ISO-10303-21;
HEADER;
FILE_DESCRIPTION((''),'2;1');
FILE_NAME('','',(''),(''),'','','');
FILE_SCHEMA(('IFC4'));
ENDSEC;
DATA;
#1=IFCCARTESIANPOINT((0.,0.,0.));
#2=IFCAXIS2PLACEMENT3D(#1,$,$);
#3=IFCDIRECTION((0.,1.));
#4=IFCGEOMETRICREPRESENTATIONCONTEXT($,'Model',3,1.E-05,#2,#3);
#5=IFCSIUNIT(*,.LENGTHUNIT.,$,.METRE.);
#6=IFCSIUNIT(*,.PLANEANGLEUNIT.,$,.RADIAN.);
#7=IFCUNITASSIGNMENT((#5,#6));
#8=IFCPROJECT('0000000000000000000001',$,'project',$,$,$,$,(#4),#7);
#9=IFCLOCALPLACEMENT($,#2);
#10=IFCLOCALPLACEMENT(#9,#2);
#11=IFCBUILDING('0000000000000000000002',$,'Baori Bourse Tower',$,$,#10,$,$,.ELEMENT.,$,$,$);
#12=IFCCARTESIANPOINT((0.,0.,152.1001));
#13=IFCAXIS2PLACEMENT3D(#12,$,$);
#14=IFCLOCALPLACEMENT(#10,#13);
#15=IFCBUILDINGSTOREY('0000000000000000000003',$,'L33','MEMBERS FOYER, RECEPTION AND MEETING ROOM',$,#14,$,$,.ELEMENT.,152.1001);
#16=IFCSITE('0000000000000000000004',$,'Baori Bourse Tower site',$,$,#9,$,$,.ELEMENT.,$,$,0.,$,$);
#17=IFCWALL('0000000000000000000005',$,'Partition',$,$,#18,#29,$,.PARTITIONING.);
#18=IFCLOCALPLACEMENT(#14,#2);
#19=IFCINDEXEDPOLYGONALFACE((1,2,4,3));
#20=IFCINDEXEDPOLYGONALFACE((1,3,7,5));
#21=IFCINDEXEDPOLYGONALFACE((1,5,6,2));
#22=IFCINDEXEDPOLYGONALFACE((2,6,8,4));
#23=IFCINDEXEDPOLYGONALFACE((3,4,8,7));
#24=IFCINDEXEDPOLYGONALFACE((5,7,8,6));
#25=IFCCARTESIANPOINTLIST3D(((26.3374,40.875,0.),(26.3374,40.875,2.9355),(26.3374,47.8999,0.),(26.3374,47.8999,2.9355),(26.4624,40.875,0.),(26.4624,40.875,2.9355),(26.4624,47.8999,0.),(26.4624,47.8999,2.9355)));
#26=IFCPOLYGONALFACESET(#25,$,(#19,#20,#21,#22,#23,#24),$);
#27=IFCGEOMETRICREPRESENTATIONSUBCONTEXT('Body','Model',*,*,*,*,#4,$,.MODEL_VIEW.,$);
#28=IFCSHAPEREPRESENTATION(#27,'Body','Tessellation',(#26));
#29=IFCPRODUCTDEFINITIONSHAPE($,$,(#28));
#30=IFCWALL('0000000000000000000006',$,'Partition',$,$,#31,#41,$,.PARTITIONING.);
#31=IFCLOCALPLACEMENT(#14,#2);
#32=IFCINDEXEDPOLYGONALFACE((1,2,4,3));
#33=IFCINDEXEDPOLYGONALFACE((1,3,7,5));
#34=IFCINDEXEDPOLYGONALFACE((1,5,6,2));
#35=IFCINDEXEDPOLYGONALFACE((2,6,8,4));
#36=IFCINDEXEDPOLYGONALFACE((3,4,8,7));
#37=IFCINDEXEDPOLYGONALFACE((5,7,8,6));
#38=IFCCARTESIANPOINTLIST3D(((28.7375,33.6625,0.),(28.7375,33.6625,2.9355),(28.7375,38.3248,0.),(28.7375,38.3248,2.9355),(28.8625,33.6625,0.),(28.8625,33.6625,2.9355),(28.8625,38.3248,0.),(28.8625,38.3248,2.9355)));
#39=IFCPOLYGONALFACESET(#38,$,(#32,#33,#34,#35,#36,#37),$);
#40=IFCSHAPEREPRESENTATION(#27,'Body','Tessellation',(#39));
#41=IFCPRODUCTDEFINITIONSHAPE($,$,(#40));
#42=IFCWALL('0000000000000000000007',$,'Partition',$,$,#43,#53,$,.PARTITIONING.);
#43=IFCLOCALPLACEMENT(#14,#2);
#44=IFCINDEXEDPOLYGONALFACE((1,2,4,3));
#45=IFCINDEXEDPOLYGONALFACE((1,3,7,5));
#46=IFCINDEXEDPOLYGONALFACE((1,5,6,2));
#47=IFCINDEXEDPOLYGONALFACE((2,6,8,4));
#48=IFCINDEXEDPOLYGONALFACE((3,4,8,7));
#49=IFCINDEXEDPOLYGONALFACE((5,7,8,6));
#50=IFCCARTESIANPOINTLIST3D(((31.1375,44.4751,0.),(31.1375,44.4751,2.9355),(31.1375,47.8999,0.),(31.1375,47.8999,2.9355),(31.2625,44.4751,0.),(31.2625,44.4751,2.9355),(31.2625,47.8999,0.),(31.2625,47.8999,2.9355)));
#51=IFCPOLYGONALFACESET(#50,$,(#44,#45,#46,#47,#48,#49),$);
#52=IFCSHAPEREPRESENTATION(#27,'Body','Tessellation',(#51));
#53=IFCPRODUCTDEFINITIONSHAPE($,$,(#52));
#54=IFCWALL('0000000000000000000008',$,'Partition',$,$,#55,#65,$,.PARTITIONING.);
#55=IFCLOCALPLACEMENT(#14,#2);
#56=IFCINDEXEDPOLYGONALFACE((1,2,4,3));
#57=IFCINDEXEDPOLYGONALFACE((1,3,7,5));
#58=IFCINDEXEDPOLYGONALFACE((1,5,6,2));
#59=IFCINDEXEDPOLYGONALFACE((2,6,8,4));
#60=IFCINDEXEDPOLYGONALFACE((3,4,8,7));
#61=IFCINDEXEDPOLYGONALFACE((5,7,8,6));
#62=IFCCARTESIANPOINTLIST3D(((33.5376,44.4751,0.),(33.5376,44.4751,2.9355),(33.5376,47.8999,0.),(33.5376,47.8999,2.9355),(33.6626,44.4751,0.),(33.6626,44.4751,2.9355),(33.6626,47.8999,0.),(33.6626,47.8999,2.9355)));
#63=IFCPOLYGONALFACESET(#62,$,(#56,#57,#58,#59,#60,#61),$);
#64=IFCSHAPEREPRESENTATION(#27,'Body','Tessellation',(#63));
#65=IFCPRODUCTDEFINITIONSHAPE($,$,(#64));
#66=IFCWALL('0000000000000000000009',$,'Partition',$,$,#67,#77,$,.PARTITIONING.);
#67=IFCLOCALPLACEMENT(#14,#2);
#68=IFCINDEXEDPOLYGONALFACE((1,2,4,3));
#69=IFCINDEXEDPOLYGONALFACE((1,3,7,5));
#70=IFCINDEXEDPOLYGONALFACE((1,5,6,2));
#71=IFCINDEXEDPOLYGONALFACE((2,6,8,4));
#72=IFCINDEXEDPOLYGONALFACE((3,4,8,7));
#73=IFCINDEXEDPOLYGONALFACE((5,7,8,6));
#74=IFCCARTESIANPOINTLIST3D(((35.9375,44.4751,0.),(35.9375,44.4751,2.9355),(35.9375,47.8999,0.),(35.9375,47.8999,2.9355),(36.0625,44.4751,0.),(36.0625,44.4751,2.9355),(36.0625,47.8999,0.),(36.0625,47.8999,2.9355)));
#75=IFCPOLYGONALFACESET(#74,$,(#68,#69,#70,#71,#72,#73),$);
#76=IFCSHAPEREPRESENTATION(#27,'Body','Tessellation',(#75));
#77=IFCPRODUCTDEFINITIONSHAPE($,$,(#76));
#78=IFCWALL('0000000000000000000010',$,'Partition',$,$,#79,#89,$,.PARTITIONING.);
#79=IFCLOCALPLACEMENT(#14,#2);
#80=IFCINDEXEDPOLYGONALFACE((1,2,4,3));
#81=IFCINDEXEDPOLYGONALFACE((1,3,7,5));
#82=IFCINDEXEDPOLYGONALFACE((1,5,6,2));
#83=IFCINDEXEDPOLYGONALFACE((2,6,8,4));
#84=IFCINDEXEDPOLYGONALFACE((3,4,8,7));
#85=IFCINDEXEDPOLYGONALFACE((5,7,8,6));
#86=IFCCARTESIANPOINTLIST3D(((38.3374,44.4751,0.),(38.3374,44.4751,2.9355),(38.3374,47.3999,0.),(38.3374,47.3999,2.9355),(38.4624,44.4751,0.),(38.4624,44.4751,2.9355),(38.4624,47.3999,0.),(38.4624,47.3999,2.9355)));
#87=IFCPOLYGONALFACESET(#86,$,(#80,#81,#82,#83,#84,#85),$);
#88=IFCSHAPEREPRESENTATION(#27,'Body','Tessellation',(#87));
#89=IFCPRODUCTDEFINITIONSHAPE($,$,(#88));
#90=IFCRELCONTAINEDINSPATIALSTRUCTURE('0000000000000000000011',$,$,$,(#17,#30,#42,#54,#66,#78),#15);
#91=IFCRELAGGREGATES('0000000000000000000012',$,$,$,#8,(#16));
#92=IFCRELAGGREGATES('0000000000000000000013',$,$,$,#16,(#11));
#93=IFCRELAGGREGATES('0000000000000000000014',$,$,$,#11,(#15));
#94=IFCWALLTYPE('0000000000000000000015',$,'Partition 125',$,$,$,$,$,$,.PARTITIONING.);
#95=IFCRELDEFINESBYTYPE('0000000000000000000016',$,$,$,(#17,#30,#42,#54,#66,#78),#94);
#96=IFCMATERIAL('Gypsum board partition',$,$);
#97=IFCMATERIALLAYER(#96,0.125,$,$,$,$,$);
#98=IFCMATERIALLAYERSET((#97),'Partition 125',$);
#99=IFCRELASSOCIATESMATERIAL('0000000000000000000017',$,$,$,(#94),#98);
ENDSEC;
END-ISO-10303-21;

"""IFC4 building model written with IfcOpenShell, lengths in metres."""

from ifc_helpers import new_model, si_unit, direction, frame, frame_2d, origin, place, context, subcontext, project, spatial, rectangle, extrude, material, layer, layer_set, type_object, element, save


model = new_model("IFC4")

# Units and contexts
model_context = context("Model", 3, precision=1e-05, world=origin(), true_north=direction((0.0, 1.0)))
body_context = subcontext(model_context, "Body", "Model", "MODEL_VIEW")
ifc_project = project(units=[si_unit("LENGTHUNIT", "METRE"), si_unit("PLANEANGLEUNIT", "RADIAN")], contexts=[model_context])

# Site, building, storey
site_placement = place(None, origin())
site = spatial("IfcSite", under=ifc_project, at=site_placement, Name="Baori Bourse Tower site", CompositionType="ELEMENT", RefElevation=0.0)
building_placement = place(site_placement, origin())
building = spatial("IfcBuilding", under=site, at=building_placement, Name="Baori Bourse Tower", CompositionType="ELEMENT")
storey_placement = place(building_placement, frame((0.0, 0.0, 152.1001)))
storey = spatial("IfcBuildingStorey", under=building, at=storey_placement, Name="L33", Description="MEMBERS FOYER, RECEPTION AND MEETING ROOM", CompositionType="ELEMENT", Elevation=152.1001)

# Walls
ifc_material_1 = material(Name="Gypsum board partition")
ifc_layer_1 = layer(ifc_material_1, 0.125)
ifc_layer_set_1 = layer_set([ifc_layer_1], Name="Partition 125")
wall_type_1 = type_object("IfcWallType", Name="Partition 125", PredefinedType="PARTITIONING", material=ifc_layer_set_1)
wall_1_placement = place(storey_placement, frame((26.3999, 40.875, 0.0), z_axis=(0.0, 0.0, 1.0), x_axis=(0.0, 1.0, 0.0)))
element("IfcWall", 1, at=wall_1_placement, inside=storey, type_object=wall_type_1, Name="Partition", PredefinedType="PARTITIONING", context=body_context, shape_type="SweptSolid", body=[
    extrude(rectangle(XDim=7.0249, YDim=0.125, at=frame_2d((3.5125, 0.0))), origin(), (0.0, 0.0, 1.0), 2.9355),
])
wall_2_placement = place(storey_placement, frame((28.8, 33.6626, 0.0), z_axis=(0.0, 0.0, 1.0), x_axis=(0.0, 1.0, 0.0)))
element("IfcWall", 2, at=wall_2_placement, inside=storey, type_object=wall_type_1, Name="Partition", PredefinedType="PARTITIONING", context=body_context, shape_type="SweptSolid", body=[
    extrude(rectangle(XDim=4.6624, YDim=0.125, at=frame_2d((2.3311, 0.0))), origin(), (0.0, 0.0, 1.0), 2.9355),
])
for number, where, z_axis, x_axis, name in (
    (3, (31.2, 44.4751, 0.0), (0.0, 0.0, 1.0), (0.0, 1.0, 0.0), "Partition"),
    (4, (33.6001, 44.4751, 0.0), (0.0, 0.0, 1.0), (0.0, 1.0, 0.0), "Partition"),
    (5, (36.0, 44.4751, 0.0), (0.0, 0.0, 1.0), (0.0, 1.0, 0.0), "Partition"),
):
    element("IfcWall", number, at=place(storey_placement, frame(where, z_axis=z_axis, x_axis=x_axis)), inside=storey, type_object=wall_type_1, Name=name, PredefinedType="PARTITIONING", context=body_context, shape_type="SweptSolid", body=[
        extrude(rectangle(XDim=3.4248, YDim=0.125, at=frame_2d((1.7124, 0.0))), origin(), (0.0, 0.0, 1.0), 2.9355),
    ])
wall_3_placement = place(storey_placement, frame((38.3999, 44.4751, 0.0), z_axis=(0.0, 0.0, 1.0), x_axis=(0.0, 1.0, 0.0)))
element("IfcWall", 6, at=wall_3_placement, inside=storey, type_object=wall_type_1, Name="Partition", PredefinedType="PARTITIONING", context=body_context, shape_type="SweptSolid", body=[
    extrude(rectangle(XDim=2.9248, YDim=0.125, at=frame_2d((1.4624, 0.0))), origin(), (0.0, 0.0, 1.0), 2.9355),
])

save(model, "model.ifc")
